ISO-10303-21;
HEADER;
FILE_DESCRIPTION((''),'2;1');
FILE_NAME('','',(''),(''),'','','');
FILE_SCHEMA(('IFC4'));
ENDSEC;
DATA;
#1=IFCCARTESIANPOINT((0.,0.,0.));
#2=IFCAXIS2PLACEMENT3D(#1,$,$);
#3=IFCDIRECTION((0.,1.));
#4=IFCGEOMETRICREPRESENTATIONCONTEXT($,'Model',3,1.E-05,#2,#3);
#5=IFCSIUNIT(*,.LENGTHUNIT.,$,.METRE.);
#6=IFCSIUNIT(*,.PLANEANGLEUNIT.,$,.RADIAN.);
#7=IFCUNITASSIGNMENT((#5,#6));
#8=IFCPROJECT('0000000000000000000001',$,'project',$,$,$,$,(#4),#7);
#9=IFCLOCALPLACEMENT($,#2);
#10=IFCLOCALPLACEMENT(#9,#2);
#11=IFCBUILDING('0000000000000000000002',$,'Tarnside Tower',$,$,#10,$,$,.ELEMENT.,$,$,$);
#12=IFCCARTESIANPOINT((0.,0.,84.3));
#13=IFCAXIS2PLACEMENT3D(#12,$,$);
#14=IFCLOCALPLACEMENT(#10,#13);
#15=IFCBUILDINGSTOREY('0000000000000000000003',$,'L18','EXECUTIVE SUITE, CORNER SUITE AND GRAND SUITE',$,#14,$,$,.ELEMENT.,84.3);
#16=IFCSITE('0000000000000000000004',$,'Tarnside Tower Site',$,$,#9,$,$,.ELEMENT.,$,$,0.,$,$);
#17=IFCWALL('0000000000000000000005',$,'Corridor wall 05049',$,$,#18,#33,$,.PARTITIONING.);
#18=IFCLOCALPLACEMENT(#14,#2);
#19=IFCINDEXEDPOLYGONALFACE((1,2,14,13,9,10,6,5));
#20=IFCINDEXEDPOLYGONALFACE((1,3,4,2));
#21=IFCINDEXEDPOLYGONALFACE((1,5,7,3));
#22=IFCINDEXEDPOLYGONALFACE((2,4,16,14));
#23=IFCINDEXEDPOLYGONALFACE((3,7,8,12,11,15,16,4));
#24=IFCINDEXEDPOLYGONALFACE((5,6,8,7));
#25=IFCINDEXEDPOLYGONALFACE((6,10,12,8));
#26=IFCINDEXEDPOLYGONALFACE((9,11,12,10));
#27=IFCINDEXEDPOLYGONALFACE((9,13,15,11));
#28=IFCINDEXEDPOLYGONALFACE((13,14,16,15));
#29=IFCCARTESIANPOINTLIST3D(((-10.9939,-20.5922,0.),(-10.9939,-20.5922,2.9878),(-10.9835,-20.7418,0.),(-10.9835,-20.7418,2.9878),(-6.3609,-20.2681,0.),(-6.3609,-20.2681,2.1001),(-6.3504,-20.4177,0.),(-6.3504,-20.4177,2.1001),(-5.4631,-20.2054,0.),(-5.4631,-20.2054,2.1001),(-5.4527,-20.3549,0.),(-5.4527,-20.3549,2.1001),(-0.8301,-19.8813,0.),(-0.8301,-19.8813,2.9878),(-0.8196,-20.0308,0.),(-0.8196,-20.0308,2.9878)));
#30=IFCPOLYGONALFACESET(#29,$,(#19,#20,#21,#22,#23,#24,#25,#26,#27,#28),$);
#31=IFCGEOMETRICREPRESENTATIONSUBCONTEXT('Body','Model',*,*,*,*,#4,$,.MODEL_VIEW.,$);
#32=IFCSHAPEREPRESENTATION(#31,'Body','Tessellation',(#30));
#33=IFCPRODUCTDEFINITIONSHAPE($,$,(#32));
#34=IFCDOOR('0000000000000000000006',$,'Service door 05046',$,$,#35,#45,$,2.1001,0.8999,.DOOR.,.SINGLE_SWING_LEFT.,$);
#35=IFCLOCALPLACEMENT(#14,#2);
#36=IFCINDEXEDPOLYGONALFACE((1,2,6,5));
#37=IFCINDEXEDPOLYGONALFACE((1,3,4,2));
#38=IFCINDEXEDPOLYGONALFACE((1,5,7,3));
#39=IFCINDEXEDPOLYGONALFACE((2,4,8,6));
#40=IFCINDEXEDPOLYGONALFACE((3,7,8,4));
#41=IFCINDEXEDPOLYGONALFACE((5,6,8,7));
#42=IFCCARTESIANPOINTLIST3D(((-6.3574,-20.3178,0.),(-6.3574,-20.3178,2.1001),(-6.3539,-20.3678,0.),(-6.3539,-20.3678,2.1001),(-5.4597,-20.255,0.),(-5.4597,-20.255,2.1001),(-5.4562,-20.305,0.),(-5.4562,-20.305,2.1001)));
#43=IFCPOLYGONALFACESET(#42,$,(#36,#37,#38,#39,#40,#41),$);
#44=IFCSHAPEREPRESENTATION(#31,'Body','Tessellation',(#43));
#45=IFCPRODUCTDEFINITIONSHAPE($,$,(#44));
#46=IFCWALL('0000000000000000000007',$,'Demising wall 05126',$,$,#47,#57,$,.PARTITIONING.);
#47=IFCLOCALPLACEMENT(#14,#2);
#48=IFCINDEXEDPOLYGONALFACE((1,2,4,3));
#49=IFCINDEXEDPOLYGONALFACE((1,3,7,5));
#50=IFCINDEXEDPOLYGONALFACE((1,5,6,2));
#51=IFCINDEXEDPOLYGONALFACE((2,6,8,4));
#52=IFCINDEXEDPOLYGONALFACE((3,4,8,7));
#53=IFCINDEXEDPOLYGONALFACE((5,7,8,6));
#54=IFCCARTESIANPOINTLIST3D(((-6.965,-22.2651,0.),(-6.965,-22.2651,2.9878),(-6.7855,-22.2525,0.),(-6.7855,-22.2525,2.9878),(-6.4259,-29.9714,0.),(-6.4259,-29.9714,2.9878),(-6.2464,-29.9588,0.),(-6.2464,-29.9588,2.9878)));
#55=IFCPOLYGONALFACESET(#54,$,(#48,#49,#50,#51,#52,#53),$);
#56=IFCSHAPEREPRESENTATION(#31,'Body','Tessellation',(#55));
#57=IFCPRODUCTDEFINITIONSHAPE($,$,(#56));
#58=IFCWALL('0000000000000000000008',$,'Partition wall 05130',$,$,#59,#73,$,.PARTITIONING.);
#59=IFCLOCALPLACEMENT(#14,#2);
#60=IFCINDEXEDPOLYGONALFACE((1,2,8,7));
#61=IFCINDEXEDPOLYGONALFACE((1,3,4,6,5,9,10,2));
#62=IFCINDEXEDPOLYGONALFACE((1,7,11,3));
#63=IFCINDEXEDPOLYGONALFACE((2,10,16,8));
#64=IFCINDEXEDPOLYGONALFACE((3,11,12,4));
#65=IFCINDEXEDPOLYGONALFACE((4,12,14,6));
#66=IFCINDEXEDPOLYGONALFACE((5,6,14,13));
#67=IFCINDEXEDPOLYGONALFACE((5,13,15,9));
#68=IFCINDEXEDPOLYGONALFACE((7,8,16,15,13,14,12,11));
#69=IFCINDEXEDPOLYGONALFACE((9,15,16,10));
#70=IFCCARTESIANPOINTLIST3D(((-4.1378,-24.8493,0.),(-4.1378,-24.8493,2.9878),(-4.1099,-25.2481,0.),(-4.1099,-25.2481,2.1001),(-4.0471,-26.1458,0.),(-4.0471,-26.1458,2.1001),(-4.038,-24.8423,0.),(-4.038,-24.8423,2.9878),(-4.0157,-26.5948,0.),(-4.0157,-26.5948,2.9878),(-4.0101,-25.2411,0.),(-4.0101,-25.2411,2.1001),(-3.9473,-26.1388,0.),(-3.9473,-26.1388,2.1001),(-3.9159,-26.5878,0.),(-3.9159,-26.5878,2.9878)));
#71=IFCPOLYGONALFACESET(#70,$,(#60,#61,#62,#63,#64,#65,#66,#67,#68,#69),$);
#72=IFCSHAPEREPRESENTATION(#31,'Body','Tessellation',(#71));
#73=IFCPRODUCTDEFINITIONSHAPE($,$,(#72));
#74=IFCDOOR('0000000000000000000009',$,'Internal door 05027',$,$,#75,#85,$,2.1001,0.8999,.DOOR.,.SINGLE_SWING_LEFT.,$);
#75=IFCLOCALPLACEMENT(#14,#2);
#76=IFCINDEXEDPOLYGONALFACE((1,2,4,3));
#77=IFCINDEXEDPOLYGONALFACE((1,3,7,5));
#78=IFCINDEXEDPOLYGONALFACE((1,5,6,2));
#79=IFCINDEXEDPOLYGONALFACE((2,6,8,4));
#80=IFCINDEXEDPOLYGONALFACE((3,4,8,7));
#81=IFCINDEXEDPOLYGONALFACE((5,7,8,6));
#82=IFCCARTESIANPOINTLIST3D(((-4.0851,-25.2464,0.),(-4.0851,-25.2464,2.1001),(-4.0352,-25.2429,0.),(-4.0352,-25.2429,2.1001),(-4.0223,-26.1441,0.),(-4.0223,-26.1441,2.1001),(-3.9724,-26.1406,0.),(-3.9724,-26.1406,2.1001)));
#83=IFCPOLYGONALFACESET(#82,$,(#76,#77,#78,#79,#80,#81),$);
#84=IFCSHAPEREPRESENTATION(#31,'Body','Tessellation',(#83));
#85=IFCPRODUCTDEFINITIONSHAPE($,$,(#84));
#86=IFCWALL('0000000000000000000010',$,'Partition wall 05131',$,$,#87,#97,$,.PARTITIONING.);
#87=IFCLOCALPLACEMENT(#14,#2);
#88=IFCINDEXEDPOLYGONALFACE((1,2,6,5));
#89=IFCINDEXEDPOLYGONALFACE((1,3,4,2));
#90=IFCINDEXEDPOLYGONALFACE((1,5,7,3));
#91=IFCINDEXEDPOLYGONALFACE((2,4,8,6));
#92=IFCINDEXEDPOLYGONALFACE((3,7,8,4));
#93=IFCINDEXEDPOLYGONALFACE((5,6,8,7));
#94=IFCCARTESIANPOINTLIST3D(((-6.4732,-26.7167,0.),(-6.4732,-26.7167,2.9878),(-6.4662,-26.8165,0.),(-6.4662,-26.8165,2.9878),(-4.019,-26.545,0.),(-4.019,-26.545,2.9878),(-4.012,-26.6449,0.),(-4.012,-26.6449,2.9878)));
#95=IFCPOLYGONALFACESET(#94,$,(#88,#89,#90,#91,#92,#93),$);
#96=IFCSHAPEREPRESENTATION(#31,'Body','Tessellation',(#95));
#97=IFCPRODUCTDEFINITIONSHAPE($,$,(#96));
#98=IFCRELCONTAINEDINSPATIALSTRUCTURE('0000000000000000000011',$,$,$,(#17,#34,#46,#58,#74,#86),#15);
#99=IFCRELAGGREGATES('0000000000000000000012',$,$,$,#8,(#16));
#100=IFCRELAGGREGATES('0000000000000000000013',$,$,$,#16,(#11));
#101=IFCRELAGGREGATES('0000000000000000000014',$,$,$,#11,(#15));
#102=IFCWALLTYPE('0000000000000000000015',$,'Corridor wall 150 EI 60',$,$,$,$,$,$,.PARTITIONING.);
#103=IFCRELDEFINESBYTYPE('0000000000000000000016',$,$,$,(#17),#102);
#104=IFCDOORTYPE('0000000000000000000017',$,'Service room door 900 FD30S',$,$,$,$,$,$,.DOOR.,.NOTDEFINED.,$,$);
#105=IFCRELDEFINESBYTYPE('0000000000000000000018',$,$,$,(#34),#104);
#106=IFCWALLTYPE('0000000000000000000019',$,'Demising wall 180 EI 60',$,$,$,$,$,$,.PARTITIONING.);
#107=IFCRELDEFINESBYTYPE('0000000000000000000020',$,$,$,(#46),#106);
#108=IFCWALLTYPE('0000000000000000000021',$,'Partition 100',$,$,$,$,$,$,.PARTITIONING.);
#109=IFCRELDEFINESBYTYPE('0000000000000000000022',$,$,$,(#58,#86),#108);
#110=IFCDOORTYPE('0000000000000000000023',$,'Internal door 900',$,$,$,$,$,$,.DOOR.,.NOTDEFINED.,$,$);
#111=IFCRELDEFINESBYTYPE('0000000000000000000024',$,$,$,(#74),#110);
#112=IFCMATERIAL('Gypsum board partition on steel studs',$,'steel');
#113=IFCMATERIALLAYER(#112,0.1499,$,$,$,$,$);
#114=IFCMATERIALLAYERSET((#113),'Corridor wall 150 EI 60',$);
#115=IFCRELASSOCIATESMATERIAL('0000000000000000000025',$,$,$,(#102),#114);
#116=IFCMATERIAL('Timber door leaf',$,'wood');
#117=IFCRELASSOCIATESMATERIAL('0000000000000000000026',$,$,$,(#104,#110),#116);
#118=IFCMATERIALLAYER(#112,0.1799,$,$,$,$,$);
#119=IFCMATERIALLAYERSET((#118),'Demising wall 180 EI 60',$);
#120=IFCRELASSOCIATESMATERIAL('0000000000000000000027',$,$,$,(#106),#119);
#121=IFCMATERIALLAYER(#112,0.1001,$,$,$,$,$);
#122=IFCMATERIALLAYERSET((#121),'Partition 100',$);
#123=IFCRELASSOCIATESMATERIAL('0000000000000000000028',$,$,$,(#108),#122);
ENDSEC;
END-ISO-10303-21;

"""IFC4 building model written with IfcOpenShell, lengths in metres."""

from ifc_helpers import new_model, si_unit, direction, frame, frame_2d, origin, place, context, subcontext, project, spatial, rectangle, extrude, material, layer, layer_set, type_object, element, fill, save


model = new_model("IFC4")

# Units and contexts
model_context = context("Model", 3, precision=1e-05, world=origin(), true_north=direction((0.0, 1.0)))
body_context = subcontext(model_context, "Body", "Model", "MODEL_VIEW")
ifc_project = project(units=[si_unit("LENGTHUNIT", "METRE"), si_unit("PLANEANGLEUNIT", "RADIAN")], contexts=[model_context])

# Site, building, storey
site_placement = place(None, origin())
site = spatial("IfcSite", under=ifc_project, at=site_placement, Name="Tarnside Tower Site", CompositionType="ELEMENT", RefElevation=0.0)
building_placement = place(site_placement, origin())
building = spatial("IfcBuilding", under=site, at=building_placement, Name="Tarnside Tower", CompositionType="ELEMENT")
storey_placement = place(building_placement, frame((0.0, 0.0, 84.3)))
storey = spatial("IfcBuildingStorey", under=building, at=storey_placement, Name="L18", Description="EXECUTIVE SUITE, CORNER SUITE AND GRAND SUITE", CompositionType="ELEMENT", Elevation=84.3)

# Shared definitions
ifc_material_1 = material(Name="Gypsum board partition on steel studs", Category="steel")

# Shared definitions
ifc_material_2 = material(Name="Timber door leaf", Category="wood")

# Wall, opening, door
ifc_layer_1 = layer(ifc_material_1, 0.1499)
ifc_layer_set_1 = layer_set([ifc_layer_1], Name="Corridor wall 150 EI 60")
wall_type_1 = type_object("IfcWallType", Name="Corridor wall 150 EI 60", PredefinedType="PARTITIONING", material=ifc_layer_set_1)
wall_1_placement = place(storey_placement, frame((-0.825, -19.9561, 0.0), z_axis=(0.0, 0.0, 1.0), x_axis=(-0.997563, -0.069777, 0.0)))
wall_1 = element("IfcWall", 1, at=wall_1_placement, inside=storey, type_object=wall_type_1, Name="Corridor wall 05049", PredefinedType="PARTITIONING", context=body_context, shape_type="SweptSolid", body=[
    extrude(rectangle(XDim=10.1887, YDim=0.1499, at=frame_2d((5.0942, 0.0))), origin(), (0.0, 0.0, 1.0), 2.9878),
])
opening_1_placement = place(wall_1_placement, frame((4.6443, 0.0, 0.0)))
opening_1 = element("IfcOpeningElement", 2, at=opening_1_placement, cuts=wall_1, PredefinedType="OPENING", context=body_context, shape_type="SweptSolid", body=[
    extrude(rectangle(XDim=0.8999, YDim=2.1001, at=frame_2d((0.45, 1.05))), frame((0.0, 0.085, 0.0), z_axis=(0.0, -1.0, 0.0), x_axis=(1.0, 0.0, 0.0)), (0.0, 0.0, 1.0), 0.1699),
])
door_type_1 = type_object("IfcDoorType", Name="Service room door 900 FD30S", OperationType="NOTDEFINED", PredefinedType="DOOR", material=ifc_material_2)
door_1_placement = place(opening_1_placement, origin())
door_1 = element("IfcDoor", 3, at=door_1_placement, inside=storey, type_object=door_type_1, Name="Service door 05046", OperationType="SINGLE_SWING_LEFT", OverallHeight=2.1001, OverallWidth=0.8999, PredefinedType="DOOR", context=body_context, shape_type="SweptSolid", body=[
    extrude(rectangle(XDim=0.8999, YDim=2.1001, at=frame_2d((0.45, 1.05))), frame((0.0, 0.0249, 0.0), z_axis=(0.0, -1.0, 0.0), x_axis=(1.0, 0.0, 0.0)), (0.0, 0.0, 1.0), 0.05),
])
fill(opening_1, door_1)

# Wall
ifc_layer_2 = layer(ifc_material_1, 0.1799)
ifc_layer_set_2 = layer_set([ifc_layer_2], Name="Demising wall 180 EI 60")
wall_type_2 = type_object("IfcWallType", Name="Demising wall 180 EI 60", PredefinedType="PARTITIONING", material=ifc_layer_set_2)
wall_2_placement = place(storey_placement, frame((-6.3362, -29.9651, 0.0), z_axis=(0.0, 0.0, 1.0), x_axis=(-0.06978, 0.997562, 0.0)))
element("IfcWall", 4, at=wall_2_placement, inside=storey, type_object=wall_type_2, Name="Demising wall 05126", PredefinedType="PARTITIONING", context=body_context, shape_type="SweptSolid", body=[
    extrude(rectangle(XDim=7.7251, YDim=0.1799, at=frame_2d((3.8625, 0.0))), origin(), (0.0, 0.0, 1.0), 2.9878),
])

# Wall, opening, door
ifc_layer_3 = layer(ifc_material_1, 0.1001)
ifc_layer_set_3 = layer_set([ifc_layer_3], Name="Partition 100")
wall_type_3 = type_object("IfcWallType", Name="Partition 100", PredefinedType="PARTITIONING", material=ifc_layer_set_3)
wall_3_placement = place(storey_placement, frame((-4.0879, -24.8457, 0.0), z_axis=(0.0, 0.0, 1.0), x_axis=(0.06976, -0.997564, 0.0)))
wall_3 = element("IfcWall", 5, at=wall_3_placement, inside=storey, type_object=wall_type_3, Name="Partition wall 05130", PredefinedType="PARTITIONING", context=body_context, shape_type="SweptSolid", body=[
    extrude(rectangle(XDim=1.7498, YDim=0.1001, at=frame_2d((0.875, 0.0))), origin(), (0.0, 0.0, 1.0), 2.9878),
])
opening_2_placement = place(wall_3_placement, frame((0.3999, 0.0, 0.0)))
opening_2 = element("IfcOpeningElement", 6, at=opening_2_placement, cuts=wall_3, PredefinedType="OPENING", context=body_context, shape_type="SweptSolid", body=[
    extrude(rectangle(XDim=0.8999, YDim=2.1001, at=frame_2d((0.45, 1.05))), frame((0.0, 0.0601, 0.0), z_axis=(0.0, -1.0, 0.0), x_axis=(1.0, 0.0, 0.0)), (0.0, 0.0, 1.0), 0.1201),
])
door_type_2 = type_object("IfcDoorType", Name="Internal door 900", OperationType="NOTDEFINED", PredefinedType="DOOR", material=ifc_material_2)
door_2_placement = place(opening_2_placement, origin())
door_2 = element("IfcDoor", 7, at=door_2_placement, inside=storey, type_object=door_type_2, Name="Internal door 05027", OperationType="SINGLE_SWING_LEFT", OverallHeight=2.1001, OverallWidth=0.8999, PredefinedType="DOOR", context=body_context, shape_type="SweptSolid", body=[
    extrude(rectangle(XDim=0.8999, YDim=2.1001, at=frame_2d((0.45, 1.05))), frame((0.0, 0.0249, 0.0), z_axis=(0.0, -1.0, 0.0), x_axis=(1.0, 0.0, 0.0)), (0.0, 0.0, 1.0), 0.05),
])
fill(opening_2, door_2)

# Wall
wall_4_placement = place(storey_placement, frame((-4.0156, -26.595, 0.0), z_axis=(0.0, 0.0, 1.0), x_axis=(-0.997563, -0.069766, 0.0)))
element("IfcWall", 8, at=wall_4_placement, inside=storey, type_object=wall_type_3, Name="Partition wall 05131", PredefinedType="PARTITIONING", context=body_context, shape_type="SweptSolid", body=[
    extrude(rectangle(XDim=2.4602, YDim=0.1001, at=frame_2d((1.23, 0.0))), origin(), (0.0, 0.0, 1.0), 2.9878),
])

save(model, "model.ifc")
